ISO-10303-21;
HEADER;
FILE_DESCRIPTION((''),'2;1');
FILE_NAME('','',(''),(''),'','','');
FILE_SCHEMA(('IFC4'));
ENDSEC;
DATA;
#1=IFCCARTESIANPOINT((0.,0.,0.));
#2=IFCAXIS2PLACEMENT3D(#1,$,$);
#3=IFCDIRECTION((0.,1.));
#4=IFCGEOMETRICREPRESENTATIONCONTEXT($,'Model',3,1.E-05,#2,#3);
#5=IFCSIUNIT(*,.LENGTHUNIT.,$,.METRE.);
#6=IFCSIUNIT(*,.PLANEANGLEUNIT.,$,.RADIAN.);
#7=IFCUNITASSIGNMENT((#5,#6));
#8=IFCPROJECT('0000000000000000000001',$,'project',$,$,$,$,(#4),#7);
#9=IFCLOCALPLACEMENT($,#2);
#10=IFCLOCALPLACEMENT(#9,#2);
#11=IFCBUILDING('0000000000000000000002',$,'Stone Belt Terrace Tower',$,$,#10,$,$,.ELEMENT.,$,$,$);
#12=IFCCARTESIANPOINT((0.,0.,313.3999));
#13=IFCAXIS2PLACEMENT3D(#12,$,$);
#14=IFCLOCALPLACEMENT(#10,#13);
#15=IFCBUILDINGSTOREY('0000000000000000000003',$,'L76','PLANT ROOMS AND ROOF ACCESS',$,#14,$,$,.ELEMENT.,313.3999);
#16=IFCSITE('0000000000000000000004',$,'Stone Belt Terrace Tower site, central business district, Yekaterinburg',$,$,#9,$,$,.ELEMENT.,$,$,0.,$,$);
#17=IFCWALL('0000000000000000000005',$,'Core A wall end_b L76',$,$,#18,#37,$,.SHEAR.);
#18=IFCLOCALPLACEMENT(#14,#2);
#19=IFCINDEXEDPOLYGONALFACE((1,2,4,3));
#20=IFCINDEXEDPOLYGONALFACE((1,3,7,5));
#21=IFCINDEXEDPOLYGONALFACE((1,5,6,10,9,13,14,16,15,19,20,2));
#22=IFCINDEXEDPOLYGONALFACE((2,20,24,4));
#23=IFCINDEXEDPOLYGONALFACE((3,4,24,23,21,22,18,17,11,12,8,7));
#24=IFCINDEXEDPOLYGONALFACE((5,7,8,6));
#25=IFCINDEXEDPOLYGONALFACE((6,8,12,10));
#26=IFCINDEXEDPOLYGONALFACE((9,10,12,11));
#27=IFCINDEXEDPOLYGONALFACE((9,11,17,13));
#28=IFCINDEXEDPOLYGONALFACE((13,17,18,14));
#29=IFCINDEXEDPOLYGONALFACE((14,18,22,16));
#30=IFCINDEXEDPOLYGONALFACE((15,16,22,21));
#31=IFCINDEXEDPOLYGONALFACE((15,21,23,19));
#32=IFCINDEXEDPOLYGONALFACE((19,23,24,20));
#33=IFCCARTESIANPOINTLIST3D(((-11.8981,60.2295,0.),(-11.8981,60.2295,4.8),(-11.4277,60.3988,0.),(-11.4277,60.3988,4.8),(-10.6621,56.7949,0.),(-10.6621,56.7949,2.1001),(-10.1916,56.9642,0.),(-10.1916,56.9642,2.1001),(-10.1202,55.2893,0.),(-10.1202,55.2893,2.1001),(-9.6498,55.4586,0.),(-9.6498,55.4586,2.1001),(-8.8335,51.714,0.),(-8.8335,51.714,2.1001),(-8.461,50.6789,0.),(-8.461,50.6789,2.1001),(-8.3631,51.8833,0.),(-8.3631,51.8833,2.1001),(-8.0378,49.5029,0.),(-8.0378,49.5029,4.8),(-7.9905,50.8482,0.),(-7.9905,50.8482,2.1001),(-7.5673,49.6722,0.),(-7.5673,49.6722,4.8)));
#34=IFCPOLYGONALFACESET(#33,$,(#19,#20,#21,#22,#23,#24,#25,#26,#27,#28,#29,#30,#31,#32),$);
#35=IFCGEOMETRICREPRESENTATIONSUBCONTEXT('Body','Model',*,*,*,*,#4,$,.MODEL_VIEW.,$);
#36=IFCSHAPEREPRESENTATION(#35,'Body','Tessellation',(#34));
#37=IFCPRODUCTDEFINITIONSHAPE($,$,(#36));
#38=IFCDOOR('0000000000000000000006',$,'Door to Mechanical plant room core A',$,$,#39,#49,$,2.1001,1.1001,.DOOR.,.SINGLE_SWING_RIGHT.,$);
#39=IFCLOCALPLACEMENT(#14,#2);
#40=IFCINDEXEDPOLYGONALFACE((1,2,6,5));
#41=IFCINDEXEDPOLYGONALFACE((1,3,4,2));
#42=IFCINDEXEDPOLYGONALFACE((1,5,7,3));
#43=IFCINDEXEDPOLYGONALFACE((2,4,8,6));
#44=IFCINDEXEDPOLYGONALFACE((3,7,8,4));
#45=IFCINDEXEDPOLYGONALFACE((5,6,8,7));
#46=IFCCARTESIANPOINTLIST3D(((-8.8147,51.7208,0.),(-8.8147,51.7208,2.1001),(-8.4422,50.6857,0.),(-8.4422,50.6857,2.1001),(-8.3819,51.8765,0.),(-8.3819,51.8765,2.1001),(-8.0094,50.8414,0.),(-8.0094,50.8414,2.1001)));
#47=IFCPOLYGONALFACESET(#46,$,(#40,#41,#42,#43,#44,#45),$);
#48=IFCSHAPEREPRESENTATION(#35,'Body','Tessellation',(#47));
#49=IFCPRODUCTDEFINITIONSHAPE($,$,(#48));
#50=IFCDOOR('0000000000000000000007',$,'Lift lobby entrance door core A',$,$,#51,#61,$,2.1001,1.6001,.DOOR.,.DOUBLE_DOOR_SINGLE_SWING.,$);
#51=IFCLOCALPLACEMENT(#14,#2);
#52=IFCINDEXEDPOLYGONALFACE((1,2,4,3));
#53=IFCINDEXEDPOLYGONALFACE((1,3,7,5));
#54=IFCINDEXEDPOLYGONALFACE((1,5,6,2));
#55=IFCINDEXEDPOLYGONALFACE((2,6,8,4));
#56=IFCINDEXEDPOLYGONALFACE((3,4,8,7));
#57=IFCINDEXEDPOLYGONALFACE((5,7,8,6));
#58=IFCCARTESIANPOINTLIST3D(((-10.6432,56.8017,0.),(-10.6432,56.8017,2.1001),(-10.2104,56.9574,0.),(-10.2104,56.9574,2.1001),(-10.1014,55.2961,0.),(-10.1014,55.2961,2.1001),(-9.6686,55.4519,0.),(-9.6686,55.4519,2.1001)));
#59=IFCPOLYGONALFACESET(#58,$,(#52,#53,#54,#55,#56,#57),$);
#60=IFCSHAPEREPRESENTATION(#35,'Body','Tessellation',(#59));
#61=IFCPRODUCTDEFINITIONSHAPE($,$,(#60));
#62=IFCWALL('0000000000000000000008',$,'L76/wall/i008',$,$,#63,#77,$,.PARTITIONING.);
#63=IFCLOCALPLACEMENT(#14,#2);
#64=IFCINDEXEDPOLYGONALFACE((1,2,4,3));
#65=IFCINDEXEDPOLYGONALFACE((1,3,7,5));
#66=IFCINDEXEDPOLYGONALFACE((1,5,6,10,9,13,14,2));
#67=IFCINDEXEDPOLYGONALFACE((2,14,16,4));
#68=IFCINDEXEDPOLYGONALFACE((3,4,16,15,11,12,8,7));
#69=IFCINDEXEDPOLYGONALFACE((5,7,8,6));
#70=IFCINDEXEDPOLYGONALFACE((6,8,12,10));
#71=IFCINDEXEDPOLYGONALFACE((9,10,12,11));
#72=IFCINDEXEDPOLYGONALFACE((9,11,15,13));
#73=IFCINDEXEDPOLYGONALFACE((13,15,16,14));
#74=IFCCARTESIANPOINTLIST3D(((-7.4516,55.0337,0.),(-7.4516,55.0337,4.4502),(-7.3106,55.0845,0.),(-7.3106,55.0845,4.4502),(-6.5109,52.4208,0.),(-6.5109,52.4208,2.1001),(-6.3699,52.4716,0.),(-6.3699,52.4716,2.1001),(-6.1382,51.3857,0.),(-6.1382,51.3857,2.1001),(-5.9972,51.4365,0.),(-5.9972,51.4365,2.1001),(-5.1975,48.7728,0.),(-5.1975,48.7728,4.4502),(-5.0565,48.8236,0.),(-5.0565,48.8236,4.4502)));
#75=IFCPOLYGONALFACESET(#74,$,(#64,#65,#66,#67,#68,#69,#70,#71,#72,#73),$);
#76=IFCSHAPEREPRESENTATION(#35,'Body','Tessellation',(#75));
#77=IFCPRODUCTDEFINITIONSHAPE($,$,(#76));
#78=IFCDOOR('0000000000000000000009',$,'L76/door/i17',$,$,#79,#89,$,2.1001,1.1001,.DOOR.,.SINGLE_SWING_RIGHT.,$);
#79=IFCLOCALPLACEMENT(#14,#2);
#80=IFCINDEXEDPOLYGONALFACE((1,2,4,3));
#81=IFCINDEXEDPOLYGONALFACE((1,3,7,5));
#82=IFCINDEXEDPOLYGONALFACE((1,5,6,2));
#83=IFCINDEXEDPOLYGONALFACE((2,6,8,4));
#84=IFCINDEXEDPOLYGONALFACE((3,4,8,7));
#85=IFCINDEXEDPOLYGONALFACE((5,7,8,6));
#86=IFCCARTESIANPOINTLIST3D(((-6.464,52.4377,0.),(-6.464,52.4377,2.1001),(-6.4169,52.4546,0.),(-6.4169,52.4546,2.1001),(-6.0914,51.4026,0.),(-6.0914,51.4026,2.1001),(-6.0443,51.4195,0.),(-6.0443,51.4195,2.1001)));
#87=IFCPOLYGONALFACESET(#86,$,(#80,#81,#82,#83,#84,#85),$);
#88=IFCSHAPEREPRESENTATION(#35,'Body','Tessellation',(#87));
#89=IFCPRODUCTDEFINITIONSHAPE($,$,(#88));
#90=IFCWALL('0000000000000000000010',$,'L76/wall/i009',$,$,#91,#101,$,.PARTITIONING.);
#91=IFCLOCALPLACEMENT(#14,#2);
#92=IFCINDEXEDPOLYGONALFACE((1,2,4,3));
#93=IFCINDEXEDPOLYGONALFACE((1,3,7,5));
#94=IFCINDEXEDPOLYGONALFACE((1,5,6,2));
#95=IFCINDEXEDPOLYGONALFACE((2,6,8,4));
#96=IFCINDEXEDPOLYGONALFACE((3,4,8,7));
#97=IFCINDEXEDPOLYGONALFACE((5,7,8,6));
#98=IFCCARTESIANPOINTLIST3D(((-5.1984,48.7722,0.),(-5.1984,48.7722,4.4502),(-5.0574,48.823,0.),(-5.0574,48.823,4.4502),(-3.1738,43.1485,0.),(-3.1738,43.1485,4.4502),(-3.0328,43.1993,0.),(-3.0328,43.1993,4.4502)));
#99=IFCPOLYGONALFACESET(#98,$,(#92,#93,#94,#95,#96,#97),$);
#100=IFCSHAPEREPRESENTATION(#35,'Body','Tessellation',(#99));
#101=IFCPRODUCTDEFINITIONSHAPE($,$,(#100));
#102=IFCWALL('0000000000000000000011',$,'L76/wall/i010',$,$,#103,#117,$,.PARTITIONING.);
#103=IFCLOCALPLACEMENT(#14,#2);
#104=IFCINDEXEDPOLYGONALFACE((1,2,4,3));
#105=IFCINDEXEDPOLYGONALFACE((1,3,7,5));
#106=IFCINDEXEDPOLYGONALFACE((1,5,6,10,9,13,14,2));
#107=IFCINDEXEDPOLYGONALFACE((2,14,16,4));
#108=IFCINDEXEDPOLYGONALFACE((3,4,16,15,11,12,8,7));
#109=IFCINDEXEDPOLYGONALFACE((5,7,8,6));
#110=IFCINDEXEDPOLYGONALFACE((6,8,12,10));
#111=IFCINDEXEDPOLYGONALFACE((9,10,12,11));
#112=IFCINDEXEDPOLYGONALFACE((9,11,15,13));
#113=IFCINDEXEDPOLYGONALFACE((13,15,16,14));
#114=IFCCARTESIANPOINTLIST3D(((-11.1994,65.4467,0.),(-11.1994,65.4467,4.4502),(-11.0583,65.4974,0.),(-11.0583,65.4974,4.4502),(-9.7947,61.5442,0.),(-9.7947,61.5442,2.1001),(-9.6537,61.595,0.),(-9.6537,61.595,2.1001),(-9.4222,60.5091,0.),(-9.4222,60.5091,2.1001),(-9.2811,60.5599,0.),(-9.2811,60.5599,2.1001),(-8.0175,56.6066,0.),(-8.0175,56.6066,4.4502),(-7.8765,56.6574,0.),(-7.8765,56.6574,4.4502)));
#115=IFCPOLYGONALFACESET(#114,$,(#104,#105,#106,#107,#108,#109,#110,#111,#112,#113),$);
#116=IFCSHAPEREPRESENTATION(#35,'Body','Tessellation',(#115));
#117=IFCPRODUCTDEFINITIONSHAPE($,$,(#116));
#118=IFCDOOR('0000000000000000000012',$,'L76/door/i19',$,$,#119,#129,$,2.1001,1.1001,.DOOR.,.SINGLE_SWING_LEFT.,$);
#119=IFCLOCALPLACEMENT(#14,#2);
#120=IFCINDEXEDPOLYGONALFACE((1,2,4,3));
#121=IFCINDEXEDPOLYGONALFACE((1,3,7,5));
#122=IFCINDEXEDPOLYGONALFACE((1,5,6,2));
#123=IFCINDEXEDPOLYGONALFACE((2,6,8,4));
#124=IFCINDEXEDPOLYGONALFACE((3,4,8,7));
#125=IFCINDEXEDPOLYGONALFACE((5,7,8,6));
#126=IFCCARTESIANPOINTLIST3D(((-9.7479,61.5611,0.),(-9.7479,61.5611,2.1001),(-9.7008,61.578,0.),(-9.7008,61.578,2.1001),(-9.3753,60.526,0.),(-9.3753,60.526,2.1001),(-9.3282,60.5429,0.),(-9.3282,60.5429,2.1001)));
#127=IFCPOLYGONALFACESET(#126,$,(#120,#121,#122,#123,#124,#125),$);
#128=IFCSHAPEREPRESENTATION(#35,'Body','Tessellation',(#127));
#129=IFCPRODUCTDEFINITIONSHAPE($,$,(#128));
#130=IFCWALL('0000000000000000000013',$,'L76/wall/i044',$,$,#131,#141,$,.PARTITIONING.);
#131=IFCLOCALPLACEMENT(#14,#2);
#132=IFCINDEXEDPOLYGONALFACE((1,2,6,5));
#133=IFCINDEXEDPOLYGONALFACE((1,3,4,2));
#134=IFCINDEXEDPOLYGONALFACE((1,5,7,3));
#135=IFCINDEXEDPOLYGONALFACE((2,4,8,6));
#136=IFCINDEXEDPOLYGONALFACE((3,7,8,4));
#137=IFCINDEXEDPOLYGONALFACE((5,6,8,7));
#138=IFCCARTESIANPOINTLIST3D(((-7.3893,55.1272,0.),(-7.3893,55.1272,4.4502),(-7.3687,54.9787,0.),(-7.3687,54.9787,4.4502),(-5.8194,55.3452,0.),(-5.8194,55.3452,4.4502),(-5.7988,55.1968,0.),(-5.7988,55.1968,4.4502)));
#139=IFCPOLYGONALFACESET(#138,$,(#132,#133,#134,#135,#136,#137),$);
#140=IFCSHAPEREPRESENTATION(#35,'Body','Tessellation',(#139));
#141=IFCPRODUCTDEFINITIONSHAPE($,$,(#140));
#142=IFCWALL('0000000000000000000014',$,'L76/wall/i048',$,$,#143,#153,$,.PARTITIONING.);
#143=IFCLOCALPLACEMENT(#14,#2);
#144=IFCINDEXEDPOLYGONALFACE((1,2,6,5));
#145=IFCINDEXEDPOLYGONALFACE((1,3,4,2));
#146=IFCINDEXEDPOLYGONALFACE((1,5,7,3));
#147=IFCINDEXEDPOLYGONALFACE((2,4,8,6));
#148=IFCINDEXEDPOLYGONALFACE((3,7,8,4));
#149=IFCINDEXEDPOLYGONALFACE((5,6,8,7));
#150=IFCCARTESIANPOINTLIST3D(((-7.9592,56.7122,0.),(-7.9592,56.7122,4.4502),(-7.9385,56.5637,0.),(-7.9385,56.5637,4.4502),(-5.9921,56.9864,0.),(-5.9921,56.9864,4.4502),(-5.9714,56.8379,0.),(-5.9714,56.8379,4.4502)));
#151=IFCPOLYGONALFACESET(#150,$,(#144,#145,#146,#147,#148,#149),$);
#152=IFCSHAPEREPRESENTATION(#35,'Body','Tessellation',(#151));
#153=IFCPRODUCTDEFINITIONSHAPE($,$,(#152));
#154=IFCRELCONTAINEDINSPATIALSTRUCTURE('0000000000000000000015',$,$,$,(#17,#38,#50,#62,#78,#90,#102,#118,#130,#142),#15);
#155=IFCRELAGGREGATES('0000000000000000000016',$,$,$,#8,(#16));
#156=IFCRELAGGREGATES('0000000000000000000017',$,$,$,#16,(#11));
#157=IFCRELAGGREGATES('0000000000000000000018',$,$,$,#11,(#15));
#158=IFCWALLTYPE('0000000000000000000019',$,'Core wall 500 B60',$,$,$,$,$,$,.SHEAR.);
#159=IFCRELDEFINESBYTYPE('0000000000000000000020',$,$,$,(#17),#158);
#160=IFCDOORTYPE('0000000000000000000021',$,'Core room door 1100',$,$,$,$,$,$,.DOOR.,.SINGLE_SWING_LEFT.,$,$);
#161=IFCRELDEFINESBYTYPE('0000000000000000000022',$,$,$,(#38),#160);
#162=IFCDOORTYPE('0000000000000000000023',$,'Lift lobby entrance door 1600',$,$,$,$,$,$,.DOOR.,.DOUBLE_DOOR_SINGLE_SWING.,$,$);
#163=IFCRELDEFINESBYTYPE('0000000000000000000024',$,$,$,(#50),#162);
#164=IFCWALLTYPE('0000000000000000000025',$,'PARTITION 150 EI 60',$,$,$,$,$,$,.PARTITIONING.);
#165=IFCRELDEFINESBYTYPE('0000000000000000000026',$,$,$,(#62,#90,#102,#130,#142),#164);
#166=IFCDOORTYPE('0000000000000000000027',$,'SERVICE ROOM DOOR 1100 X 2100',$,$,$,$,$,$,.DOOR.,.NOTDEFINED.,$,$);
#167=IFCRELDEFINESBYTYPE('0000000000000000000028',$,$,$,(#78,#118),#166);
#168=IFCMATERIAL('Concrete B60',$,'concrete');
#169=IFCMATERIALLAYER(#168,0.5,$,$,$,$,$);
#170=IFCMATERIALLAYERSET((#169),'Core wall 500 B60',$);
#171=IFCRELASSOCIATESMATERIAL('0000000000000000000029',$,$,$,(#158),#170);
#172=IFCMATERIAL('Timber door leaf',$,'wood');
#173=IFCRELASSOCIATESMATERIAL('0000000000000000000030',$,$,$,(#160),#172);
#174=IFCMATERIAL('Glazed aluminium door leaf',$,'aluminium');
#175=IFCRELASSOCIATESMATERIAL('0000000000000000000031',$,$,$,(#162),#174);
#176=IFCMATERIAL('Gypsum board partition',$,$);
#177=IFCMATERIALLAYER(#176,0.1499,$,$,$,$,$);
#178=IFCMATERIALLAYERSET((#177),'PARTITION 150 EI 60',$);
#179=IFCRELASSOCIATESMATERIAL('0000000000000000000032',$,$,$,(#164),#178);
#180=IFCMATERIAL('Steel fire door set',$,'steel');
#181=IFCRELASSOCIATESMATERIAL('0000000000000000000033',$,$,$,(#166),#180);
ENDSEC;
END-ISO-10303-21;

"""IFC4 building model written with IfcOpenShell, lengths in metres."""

from ifc_helpers import new_model, si_unit, direction, frame, frame_2d, origin, place, context, subcontext, project, spatial, rectangle, extrude, material, layer, layer_set, type_object, element, fill, save


model = new_model("IFC4")

# Units and contexts
model_context = context("Model", 3, precision=1e-05, world=origin(), true_north=direction((0.0, 1.0)))
body_context = subcontext(model_context, "Body", "Model", "MODEL_VIEW")
ifc_project = project(units=[si_unit("LENGTHUNIT", "METRE"), si_unit("PLANEANGLEUNIT", "RADIAN")], contexts=[model_context])

# Site, building, storey
site_placement = place(None, origin())
site = spatial("IfcSite", under=ifc_project, at=site_placement, Name="Stone Belt Terrace Tower site, central business district, Yekaterinburg", CompositionType="ELEMENT", RefElevation=0.0)
building_placement = place(site_placement, origin())
building = spatial("IfcBuilding", under=site, at=building_placement, Name="Stone Belt Terrace Tower", CompositionType="ELEMENT")
storey_placement = place(building_placement, frame((0.0, 0.0, 313.3999)))
storey = spatial("IfcBuildingStorey", under=building, at=storey_placement, Name="L76", Description="PLANT ROOMS AND ROOF ACCESS", CompositionType="ELEMENT", Elevation=313.3999)

# Shared definitions
ifc_material_1 = material(Name="Concrete B60", Category="concrete")

# Wall, openings, doors
ifc_layer_1 = layer(ifc_material_1, 0.5)
ifc_layer_set_1 = layer_set([ifc_layer_1], Name="Core wall 500 B60")
wall_type_1 = type_object("IfcWallType", Name="Core wall 500 B60", PredefinedType="SHEAR", material=ifc_layer_set_1)
wall_1_placement = place(storey_placement, frame((-7.8025, 49.5874, 0.0), z_axis=(0.0, 0.0, 1.0), x_axis=(-0.338625, 0.940921, 0.0)))
wall_1 = element("IfcWall", 1, at=wall_1_placement, inside=storey, type_object=wall_type_1, Name="Core A wall end_b L76", PredefinedType="SHEAR", context=body_context, shape_type="SweptSolid", body=[
    extrude(rectangle(XDim=11.4001, YDim=0.5, at=frame_2d((5.7002, 0.0))), origin(), (0.0, 0.0, 1.0), 4.8),
])
opening_1_placement = place(wall_1_placement, frame((6.1499, 0.0, 0.0)))
opening_1 = element("IfcOpeningElement", 2, at=opening_1_placement, cuts=wall_1, PredefinedType="OPENING", context=body_context, shape_type="SweptSolid", body=[
    extrude(rectangle(XDim=1.6001, YDim=2.1001, at=frame_2d((0.8, 1.05))), frame((0.0, 0.26, 0.0), z_axis=(0.0, -1.0, 0.0), x_axis=(1.0, 0.0, 0.0)), (0.0, 0.0, 1.0), 0.52),
])
opening_2_placement = place(wall_1_placement, frame((1.25, 0.0, 0.0)))
opening_2 = element("IfcOpeningElement", 3, at=opening_2_placement, cuts=wall_1, PredefinedType="OPENING", context=body_context, shape_type="SweptSolid", body=[
    extrude(rectangle(XDim=1.1001, YDim=2.1001, at=frame_2d((0.55, 1.05))), frame((0.0, 0.26, 0.0), z_axis=(0.0, -1.0, 0.0), x_axis=(1.0, 0.0, 0.0)), (0.0, 0.0, 1.0), 0.52),
])
ifc_material_2 = material(Name="Timber door leaf", Category="wood")
door_type_1 = type_object("IfcDoorType", Name="Core room door 1100", OperationType="SINGLE_SWING_LEFT", PredefinedType="DOOR", material=ifc_material_2)
door_1_placement = place(opening_2_placement, origin())
door_1 = element("IfcDoor", 4, at=door_1_placement, inside=storey, type_object=door_type_1, Name="Door to Mechanical plant room core A", OperationType="SINGLE_SWING_RIGHT", OverallHeight=2.1001, OverallWidth=1.1001, PredefinedType="DOOR", context=body_context, shape_type="SweptSolid", body=[
    extrude(rectangle(XDim=1.1001, YDim=2.1001, at=frame_2d((0.55, 1.05))), frame((0.0, 0.23, 0.0), z_axis=(0.0, -1.0, 0.0), x_axis=(1.0, 0.0, 0.0)), (0.0, 0.0, 1.0), 0.46),
])
fill(opening_2, door_1)
ifc_material_3 = material(Name="Glazed aluminium door leaf", Category="aluminium")
door_type_2 = type_object("IfcDoorType", Name="Lift lobby entrance door 1600", OperationType="DOUBLE_DOOR_SINGLE_SWING", PredefinedType="DOOR", material=ifc_material_3)
door_2_placement = place(opening_1_placement, origin())
door_2 = element("IfcDoor", 5, at=door_2_placement, inside=storey, type_object=door_type_2, Name="Lift lobby entrance door core A", OperationType="DOUBLE_DOOR_SINGLE_SWING", OverallHeight=2.1001, OverallWidth=1.6001, PredefinedType="DOOR", context=body_context, shape_type="SweptSolid", body=[
    extrude(rectangle(XDim=1.6001, YDim=2.1001, at=frame_2d((0.8, 1.05))), frame((0.0, 0.23, 0.0), z_axis=(0.0, -1.0, 0.0), x_axis=(1.0, 0.0, 0.0)), (0.0, 0.0, 1.0), 0.46),
])
fill(opening_1, door_2)

# Wall, opening, door
ifc_material_4 = material(Name="Gypsum board partition")
ifc_layer_2 = layer(ifc_material_4, 0.1499)
ifc_layer_set_2 = layer_set([ifc_layer_2], Name="PARTITION 150 EI 60")
wall_type_2 = type_object("IfcWallType", Name="PARTITION 150 EI 60", PredefinedType="PARTITIONING", material=ifc_layer_set_2)
wall_2_placement = place(storey_placement, frame((-7.3811, 55.0591, 0.0), z_axis=(0.0, 0.0, 1.0), x_axis=(0.338745, -0.940878, 0.0)))
wall_2 = element("IfcWall", 6, at=wall_2_placement, inside=storey, type_object=wall_type_2, Name="L76/wall/i008", PredefinedType="PARTITIONING", context=body_context, shape_type="SweptSolid", body=[
    extrude(rectangle(XDim=6.6543, YDim=0.1499, at=frame_2d((3.3271, 0.0))), origin(), (0.0, 0.0, 1.0), 4.4502),
])
opening_3_placement = place(wall_2_placement, frame((2.7771, 0.0, 0.0)))
opening_3 = element("IfcOpeningElement", 7, at=opening_3_placement, cuts=wall_2, PredefinedType="OPENING", context=body_context, shape_type="SweptSolid", body=[
    extrude(rectangle(XDim=1.1001, YDim=2.1001, at=frame_2d((0.55, 1.05))), frame((0.0, 0.085, 0.0), z_axis=(0.0, -1.0, 0.0), x_axis=(1.0, 0.0, 0.0)), (0.0, 0.0, 1.0), 0.1699),
])
ifc_material_5 = material(Name="Steel fire door set", Category="steel")
door_type_3 = type_object("IfcDoorType", Name="SERVICE ROOM DOOR 1100 X 2100", OperationType="NOTDEFINED", PredefinedType="DOOR", material=ifc_material_5)
door_3_placement = place(opening_3_placement, origin())
door_3 = element("IfcDoor", 8, at=door_3_placement, inside=storey, type_object=door_type_3, Name="L76/door/i17", OperationType="SINGLE_SWING_RIGHT", OverallHeight=2.1001, OverallWidth=1.1001, PredefinedType="DOOR", context=body_context, shape_type="SweptSolid", body=[
    extrude(rectangle(XDim=1.1001, YDim=2.1001, at=frame_2d((0.55, 1.05))), frame((0.0, 0.0249, 0.0), z_axis=(0.0, -1.0, 0.0), x_axis=(1.0, 0.0, 0.0)), (0.0, 0.0, 1.0), 0.05),
])
fill(opening_3, door_3)

# Wall
wall_3_placement = place(storey_placement, frame((-5.1279, 48.7976, 0.0), z_axis=(0.0, 0.0, 1.0), x_axis=(0.338734, -0.940882, 0.0)))
element("IfcWall", 9, at=wall_3_placement, inside=storey, type_object=wall_type_2, Name="L76/wall/i009", PredefinedType="PARTITIONING", context=body_context, shape_type="SweptSolid", body=[
    extrude(rectangle(XDim=5.9771, YDim=0.1499, at=frame_2d((2.9885, 0.0))), origin(), (0.0, 0.0, 1.0), 4.4502),
])

# Wall, opening, door
wall_4_placement = place(storey_placement, frame((-11.1289, 65.4722, 0.0), z_axis=(0.0, 0.0, 1.0), x_axis=(0.338668, -0.940906, 0.0)))
wall_4 = element("IfcWall", 10, at=wall_4_placement, inside=storey, type_object=wall_type_2, Name="L76/wall/i010", PredefinedType="PARTITIONING", context=body_context, shape_type="SweptSolid", body=[
    extrude(rectangle(XDim=9.3953, YDim=0.1499, at=frame_2d((4.6978, 0.0))), origin(), (0.0, 0.0, 1.0), 4.4502),
])
opening_4_placement = place(wall_4_placement, frame((4.1477, 0.0, 0.0)))
opening_4 = element("IfcOpeningElement", 11, at=opening_4_placement, cuts=wall_4, PredefinedType="OPENING", context=body_context, shape_type="SweptSolid", body=[
    extrude(rectangle(XDim=1.1001, YDim=2.1001, at=frame_2d((0.55, 1.05))), frame((0.0, 0.085, 0.0), z_axis=(0.0, -1.0, 0.0), x_axis=(1.0, 0.0, 0.0)), (0.0, 0.0, 1.0), 0.1699),
])
door_4_placement = place(opening_4_placement, origin())
door_4 = element("IfcDoor", 12, at=door_4_placement, inside=storey, type_object=door_type_3, Name="L76/door/i19", OperationType="SINGLE_SWING_LEFT", OverallHeight=2.1001, OverallWidth=1.1001, PredefinedType="DOOR", context=body_context, shape_type="SweptSolid", body=[
    extrude(rectangle(XDim=1.1001, YDim=2.1001, at=frame_2d((0.55, 1.05))), frame((0.0, 0.0249, 0.0), z_axis=(0.0, -1.0, 0.0), x_axis=(1.0, 0.0, 0.0)), (0.0, 0.0, 1.0), 0.05),
])
fill(opening_4, door_4)

# Walls
wall_5_placement = place(storey_placement, frame((-5.8091, 55.271, 0.0), z_axis=(0.0, 0.0, 1.0), x_axis=(-0.990493, -0.13756, 0.0)))
element("IfcWall", 13, at=wall_5_placement, inside=storey, type_object=wall_type_2, Name="L76/wall/i044", PredefinedType="PARTITIONING", context=body_context, shape_type="SweptSolid", body=[
    extrude(rectangle(XDim=1.585, YDim=0.1499, at=frame_2d((0.7925, 0.0))), origin(), (0.0, 0.0, 1.0), 4.4502),
])
wall_6_placement = place(storey_placement, frame((-7.949, 56.6379, 0.0), z_axis=(0.0, 0.0, 1.0), x_axis=(0.990426, 0.138047, 0.0)))
element("IfcWall", 14, at=wall_6_placement, inside=storey, type_object=wall_type_2, Name="L76/wall/i048", PredefinedType="PARTITIONING", context=body_context, shape_type="SweptSolid", body=[
    extrude(rectangle(XDim=1.9861, YDim=0.1499, at=frame_2d((0.9932, 0.0))), origin(), (0.0, 0.0, 1.0), 4.4502),
])

save(model, "model.ifc")
